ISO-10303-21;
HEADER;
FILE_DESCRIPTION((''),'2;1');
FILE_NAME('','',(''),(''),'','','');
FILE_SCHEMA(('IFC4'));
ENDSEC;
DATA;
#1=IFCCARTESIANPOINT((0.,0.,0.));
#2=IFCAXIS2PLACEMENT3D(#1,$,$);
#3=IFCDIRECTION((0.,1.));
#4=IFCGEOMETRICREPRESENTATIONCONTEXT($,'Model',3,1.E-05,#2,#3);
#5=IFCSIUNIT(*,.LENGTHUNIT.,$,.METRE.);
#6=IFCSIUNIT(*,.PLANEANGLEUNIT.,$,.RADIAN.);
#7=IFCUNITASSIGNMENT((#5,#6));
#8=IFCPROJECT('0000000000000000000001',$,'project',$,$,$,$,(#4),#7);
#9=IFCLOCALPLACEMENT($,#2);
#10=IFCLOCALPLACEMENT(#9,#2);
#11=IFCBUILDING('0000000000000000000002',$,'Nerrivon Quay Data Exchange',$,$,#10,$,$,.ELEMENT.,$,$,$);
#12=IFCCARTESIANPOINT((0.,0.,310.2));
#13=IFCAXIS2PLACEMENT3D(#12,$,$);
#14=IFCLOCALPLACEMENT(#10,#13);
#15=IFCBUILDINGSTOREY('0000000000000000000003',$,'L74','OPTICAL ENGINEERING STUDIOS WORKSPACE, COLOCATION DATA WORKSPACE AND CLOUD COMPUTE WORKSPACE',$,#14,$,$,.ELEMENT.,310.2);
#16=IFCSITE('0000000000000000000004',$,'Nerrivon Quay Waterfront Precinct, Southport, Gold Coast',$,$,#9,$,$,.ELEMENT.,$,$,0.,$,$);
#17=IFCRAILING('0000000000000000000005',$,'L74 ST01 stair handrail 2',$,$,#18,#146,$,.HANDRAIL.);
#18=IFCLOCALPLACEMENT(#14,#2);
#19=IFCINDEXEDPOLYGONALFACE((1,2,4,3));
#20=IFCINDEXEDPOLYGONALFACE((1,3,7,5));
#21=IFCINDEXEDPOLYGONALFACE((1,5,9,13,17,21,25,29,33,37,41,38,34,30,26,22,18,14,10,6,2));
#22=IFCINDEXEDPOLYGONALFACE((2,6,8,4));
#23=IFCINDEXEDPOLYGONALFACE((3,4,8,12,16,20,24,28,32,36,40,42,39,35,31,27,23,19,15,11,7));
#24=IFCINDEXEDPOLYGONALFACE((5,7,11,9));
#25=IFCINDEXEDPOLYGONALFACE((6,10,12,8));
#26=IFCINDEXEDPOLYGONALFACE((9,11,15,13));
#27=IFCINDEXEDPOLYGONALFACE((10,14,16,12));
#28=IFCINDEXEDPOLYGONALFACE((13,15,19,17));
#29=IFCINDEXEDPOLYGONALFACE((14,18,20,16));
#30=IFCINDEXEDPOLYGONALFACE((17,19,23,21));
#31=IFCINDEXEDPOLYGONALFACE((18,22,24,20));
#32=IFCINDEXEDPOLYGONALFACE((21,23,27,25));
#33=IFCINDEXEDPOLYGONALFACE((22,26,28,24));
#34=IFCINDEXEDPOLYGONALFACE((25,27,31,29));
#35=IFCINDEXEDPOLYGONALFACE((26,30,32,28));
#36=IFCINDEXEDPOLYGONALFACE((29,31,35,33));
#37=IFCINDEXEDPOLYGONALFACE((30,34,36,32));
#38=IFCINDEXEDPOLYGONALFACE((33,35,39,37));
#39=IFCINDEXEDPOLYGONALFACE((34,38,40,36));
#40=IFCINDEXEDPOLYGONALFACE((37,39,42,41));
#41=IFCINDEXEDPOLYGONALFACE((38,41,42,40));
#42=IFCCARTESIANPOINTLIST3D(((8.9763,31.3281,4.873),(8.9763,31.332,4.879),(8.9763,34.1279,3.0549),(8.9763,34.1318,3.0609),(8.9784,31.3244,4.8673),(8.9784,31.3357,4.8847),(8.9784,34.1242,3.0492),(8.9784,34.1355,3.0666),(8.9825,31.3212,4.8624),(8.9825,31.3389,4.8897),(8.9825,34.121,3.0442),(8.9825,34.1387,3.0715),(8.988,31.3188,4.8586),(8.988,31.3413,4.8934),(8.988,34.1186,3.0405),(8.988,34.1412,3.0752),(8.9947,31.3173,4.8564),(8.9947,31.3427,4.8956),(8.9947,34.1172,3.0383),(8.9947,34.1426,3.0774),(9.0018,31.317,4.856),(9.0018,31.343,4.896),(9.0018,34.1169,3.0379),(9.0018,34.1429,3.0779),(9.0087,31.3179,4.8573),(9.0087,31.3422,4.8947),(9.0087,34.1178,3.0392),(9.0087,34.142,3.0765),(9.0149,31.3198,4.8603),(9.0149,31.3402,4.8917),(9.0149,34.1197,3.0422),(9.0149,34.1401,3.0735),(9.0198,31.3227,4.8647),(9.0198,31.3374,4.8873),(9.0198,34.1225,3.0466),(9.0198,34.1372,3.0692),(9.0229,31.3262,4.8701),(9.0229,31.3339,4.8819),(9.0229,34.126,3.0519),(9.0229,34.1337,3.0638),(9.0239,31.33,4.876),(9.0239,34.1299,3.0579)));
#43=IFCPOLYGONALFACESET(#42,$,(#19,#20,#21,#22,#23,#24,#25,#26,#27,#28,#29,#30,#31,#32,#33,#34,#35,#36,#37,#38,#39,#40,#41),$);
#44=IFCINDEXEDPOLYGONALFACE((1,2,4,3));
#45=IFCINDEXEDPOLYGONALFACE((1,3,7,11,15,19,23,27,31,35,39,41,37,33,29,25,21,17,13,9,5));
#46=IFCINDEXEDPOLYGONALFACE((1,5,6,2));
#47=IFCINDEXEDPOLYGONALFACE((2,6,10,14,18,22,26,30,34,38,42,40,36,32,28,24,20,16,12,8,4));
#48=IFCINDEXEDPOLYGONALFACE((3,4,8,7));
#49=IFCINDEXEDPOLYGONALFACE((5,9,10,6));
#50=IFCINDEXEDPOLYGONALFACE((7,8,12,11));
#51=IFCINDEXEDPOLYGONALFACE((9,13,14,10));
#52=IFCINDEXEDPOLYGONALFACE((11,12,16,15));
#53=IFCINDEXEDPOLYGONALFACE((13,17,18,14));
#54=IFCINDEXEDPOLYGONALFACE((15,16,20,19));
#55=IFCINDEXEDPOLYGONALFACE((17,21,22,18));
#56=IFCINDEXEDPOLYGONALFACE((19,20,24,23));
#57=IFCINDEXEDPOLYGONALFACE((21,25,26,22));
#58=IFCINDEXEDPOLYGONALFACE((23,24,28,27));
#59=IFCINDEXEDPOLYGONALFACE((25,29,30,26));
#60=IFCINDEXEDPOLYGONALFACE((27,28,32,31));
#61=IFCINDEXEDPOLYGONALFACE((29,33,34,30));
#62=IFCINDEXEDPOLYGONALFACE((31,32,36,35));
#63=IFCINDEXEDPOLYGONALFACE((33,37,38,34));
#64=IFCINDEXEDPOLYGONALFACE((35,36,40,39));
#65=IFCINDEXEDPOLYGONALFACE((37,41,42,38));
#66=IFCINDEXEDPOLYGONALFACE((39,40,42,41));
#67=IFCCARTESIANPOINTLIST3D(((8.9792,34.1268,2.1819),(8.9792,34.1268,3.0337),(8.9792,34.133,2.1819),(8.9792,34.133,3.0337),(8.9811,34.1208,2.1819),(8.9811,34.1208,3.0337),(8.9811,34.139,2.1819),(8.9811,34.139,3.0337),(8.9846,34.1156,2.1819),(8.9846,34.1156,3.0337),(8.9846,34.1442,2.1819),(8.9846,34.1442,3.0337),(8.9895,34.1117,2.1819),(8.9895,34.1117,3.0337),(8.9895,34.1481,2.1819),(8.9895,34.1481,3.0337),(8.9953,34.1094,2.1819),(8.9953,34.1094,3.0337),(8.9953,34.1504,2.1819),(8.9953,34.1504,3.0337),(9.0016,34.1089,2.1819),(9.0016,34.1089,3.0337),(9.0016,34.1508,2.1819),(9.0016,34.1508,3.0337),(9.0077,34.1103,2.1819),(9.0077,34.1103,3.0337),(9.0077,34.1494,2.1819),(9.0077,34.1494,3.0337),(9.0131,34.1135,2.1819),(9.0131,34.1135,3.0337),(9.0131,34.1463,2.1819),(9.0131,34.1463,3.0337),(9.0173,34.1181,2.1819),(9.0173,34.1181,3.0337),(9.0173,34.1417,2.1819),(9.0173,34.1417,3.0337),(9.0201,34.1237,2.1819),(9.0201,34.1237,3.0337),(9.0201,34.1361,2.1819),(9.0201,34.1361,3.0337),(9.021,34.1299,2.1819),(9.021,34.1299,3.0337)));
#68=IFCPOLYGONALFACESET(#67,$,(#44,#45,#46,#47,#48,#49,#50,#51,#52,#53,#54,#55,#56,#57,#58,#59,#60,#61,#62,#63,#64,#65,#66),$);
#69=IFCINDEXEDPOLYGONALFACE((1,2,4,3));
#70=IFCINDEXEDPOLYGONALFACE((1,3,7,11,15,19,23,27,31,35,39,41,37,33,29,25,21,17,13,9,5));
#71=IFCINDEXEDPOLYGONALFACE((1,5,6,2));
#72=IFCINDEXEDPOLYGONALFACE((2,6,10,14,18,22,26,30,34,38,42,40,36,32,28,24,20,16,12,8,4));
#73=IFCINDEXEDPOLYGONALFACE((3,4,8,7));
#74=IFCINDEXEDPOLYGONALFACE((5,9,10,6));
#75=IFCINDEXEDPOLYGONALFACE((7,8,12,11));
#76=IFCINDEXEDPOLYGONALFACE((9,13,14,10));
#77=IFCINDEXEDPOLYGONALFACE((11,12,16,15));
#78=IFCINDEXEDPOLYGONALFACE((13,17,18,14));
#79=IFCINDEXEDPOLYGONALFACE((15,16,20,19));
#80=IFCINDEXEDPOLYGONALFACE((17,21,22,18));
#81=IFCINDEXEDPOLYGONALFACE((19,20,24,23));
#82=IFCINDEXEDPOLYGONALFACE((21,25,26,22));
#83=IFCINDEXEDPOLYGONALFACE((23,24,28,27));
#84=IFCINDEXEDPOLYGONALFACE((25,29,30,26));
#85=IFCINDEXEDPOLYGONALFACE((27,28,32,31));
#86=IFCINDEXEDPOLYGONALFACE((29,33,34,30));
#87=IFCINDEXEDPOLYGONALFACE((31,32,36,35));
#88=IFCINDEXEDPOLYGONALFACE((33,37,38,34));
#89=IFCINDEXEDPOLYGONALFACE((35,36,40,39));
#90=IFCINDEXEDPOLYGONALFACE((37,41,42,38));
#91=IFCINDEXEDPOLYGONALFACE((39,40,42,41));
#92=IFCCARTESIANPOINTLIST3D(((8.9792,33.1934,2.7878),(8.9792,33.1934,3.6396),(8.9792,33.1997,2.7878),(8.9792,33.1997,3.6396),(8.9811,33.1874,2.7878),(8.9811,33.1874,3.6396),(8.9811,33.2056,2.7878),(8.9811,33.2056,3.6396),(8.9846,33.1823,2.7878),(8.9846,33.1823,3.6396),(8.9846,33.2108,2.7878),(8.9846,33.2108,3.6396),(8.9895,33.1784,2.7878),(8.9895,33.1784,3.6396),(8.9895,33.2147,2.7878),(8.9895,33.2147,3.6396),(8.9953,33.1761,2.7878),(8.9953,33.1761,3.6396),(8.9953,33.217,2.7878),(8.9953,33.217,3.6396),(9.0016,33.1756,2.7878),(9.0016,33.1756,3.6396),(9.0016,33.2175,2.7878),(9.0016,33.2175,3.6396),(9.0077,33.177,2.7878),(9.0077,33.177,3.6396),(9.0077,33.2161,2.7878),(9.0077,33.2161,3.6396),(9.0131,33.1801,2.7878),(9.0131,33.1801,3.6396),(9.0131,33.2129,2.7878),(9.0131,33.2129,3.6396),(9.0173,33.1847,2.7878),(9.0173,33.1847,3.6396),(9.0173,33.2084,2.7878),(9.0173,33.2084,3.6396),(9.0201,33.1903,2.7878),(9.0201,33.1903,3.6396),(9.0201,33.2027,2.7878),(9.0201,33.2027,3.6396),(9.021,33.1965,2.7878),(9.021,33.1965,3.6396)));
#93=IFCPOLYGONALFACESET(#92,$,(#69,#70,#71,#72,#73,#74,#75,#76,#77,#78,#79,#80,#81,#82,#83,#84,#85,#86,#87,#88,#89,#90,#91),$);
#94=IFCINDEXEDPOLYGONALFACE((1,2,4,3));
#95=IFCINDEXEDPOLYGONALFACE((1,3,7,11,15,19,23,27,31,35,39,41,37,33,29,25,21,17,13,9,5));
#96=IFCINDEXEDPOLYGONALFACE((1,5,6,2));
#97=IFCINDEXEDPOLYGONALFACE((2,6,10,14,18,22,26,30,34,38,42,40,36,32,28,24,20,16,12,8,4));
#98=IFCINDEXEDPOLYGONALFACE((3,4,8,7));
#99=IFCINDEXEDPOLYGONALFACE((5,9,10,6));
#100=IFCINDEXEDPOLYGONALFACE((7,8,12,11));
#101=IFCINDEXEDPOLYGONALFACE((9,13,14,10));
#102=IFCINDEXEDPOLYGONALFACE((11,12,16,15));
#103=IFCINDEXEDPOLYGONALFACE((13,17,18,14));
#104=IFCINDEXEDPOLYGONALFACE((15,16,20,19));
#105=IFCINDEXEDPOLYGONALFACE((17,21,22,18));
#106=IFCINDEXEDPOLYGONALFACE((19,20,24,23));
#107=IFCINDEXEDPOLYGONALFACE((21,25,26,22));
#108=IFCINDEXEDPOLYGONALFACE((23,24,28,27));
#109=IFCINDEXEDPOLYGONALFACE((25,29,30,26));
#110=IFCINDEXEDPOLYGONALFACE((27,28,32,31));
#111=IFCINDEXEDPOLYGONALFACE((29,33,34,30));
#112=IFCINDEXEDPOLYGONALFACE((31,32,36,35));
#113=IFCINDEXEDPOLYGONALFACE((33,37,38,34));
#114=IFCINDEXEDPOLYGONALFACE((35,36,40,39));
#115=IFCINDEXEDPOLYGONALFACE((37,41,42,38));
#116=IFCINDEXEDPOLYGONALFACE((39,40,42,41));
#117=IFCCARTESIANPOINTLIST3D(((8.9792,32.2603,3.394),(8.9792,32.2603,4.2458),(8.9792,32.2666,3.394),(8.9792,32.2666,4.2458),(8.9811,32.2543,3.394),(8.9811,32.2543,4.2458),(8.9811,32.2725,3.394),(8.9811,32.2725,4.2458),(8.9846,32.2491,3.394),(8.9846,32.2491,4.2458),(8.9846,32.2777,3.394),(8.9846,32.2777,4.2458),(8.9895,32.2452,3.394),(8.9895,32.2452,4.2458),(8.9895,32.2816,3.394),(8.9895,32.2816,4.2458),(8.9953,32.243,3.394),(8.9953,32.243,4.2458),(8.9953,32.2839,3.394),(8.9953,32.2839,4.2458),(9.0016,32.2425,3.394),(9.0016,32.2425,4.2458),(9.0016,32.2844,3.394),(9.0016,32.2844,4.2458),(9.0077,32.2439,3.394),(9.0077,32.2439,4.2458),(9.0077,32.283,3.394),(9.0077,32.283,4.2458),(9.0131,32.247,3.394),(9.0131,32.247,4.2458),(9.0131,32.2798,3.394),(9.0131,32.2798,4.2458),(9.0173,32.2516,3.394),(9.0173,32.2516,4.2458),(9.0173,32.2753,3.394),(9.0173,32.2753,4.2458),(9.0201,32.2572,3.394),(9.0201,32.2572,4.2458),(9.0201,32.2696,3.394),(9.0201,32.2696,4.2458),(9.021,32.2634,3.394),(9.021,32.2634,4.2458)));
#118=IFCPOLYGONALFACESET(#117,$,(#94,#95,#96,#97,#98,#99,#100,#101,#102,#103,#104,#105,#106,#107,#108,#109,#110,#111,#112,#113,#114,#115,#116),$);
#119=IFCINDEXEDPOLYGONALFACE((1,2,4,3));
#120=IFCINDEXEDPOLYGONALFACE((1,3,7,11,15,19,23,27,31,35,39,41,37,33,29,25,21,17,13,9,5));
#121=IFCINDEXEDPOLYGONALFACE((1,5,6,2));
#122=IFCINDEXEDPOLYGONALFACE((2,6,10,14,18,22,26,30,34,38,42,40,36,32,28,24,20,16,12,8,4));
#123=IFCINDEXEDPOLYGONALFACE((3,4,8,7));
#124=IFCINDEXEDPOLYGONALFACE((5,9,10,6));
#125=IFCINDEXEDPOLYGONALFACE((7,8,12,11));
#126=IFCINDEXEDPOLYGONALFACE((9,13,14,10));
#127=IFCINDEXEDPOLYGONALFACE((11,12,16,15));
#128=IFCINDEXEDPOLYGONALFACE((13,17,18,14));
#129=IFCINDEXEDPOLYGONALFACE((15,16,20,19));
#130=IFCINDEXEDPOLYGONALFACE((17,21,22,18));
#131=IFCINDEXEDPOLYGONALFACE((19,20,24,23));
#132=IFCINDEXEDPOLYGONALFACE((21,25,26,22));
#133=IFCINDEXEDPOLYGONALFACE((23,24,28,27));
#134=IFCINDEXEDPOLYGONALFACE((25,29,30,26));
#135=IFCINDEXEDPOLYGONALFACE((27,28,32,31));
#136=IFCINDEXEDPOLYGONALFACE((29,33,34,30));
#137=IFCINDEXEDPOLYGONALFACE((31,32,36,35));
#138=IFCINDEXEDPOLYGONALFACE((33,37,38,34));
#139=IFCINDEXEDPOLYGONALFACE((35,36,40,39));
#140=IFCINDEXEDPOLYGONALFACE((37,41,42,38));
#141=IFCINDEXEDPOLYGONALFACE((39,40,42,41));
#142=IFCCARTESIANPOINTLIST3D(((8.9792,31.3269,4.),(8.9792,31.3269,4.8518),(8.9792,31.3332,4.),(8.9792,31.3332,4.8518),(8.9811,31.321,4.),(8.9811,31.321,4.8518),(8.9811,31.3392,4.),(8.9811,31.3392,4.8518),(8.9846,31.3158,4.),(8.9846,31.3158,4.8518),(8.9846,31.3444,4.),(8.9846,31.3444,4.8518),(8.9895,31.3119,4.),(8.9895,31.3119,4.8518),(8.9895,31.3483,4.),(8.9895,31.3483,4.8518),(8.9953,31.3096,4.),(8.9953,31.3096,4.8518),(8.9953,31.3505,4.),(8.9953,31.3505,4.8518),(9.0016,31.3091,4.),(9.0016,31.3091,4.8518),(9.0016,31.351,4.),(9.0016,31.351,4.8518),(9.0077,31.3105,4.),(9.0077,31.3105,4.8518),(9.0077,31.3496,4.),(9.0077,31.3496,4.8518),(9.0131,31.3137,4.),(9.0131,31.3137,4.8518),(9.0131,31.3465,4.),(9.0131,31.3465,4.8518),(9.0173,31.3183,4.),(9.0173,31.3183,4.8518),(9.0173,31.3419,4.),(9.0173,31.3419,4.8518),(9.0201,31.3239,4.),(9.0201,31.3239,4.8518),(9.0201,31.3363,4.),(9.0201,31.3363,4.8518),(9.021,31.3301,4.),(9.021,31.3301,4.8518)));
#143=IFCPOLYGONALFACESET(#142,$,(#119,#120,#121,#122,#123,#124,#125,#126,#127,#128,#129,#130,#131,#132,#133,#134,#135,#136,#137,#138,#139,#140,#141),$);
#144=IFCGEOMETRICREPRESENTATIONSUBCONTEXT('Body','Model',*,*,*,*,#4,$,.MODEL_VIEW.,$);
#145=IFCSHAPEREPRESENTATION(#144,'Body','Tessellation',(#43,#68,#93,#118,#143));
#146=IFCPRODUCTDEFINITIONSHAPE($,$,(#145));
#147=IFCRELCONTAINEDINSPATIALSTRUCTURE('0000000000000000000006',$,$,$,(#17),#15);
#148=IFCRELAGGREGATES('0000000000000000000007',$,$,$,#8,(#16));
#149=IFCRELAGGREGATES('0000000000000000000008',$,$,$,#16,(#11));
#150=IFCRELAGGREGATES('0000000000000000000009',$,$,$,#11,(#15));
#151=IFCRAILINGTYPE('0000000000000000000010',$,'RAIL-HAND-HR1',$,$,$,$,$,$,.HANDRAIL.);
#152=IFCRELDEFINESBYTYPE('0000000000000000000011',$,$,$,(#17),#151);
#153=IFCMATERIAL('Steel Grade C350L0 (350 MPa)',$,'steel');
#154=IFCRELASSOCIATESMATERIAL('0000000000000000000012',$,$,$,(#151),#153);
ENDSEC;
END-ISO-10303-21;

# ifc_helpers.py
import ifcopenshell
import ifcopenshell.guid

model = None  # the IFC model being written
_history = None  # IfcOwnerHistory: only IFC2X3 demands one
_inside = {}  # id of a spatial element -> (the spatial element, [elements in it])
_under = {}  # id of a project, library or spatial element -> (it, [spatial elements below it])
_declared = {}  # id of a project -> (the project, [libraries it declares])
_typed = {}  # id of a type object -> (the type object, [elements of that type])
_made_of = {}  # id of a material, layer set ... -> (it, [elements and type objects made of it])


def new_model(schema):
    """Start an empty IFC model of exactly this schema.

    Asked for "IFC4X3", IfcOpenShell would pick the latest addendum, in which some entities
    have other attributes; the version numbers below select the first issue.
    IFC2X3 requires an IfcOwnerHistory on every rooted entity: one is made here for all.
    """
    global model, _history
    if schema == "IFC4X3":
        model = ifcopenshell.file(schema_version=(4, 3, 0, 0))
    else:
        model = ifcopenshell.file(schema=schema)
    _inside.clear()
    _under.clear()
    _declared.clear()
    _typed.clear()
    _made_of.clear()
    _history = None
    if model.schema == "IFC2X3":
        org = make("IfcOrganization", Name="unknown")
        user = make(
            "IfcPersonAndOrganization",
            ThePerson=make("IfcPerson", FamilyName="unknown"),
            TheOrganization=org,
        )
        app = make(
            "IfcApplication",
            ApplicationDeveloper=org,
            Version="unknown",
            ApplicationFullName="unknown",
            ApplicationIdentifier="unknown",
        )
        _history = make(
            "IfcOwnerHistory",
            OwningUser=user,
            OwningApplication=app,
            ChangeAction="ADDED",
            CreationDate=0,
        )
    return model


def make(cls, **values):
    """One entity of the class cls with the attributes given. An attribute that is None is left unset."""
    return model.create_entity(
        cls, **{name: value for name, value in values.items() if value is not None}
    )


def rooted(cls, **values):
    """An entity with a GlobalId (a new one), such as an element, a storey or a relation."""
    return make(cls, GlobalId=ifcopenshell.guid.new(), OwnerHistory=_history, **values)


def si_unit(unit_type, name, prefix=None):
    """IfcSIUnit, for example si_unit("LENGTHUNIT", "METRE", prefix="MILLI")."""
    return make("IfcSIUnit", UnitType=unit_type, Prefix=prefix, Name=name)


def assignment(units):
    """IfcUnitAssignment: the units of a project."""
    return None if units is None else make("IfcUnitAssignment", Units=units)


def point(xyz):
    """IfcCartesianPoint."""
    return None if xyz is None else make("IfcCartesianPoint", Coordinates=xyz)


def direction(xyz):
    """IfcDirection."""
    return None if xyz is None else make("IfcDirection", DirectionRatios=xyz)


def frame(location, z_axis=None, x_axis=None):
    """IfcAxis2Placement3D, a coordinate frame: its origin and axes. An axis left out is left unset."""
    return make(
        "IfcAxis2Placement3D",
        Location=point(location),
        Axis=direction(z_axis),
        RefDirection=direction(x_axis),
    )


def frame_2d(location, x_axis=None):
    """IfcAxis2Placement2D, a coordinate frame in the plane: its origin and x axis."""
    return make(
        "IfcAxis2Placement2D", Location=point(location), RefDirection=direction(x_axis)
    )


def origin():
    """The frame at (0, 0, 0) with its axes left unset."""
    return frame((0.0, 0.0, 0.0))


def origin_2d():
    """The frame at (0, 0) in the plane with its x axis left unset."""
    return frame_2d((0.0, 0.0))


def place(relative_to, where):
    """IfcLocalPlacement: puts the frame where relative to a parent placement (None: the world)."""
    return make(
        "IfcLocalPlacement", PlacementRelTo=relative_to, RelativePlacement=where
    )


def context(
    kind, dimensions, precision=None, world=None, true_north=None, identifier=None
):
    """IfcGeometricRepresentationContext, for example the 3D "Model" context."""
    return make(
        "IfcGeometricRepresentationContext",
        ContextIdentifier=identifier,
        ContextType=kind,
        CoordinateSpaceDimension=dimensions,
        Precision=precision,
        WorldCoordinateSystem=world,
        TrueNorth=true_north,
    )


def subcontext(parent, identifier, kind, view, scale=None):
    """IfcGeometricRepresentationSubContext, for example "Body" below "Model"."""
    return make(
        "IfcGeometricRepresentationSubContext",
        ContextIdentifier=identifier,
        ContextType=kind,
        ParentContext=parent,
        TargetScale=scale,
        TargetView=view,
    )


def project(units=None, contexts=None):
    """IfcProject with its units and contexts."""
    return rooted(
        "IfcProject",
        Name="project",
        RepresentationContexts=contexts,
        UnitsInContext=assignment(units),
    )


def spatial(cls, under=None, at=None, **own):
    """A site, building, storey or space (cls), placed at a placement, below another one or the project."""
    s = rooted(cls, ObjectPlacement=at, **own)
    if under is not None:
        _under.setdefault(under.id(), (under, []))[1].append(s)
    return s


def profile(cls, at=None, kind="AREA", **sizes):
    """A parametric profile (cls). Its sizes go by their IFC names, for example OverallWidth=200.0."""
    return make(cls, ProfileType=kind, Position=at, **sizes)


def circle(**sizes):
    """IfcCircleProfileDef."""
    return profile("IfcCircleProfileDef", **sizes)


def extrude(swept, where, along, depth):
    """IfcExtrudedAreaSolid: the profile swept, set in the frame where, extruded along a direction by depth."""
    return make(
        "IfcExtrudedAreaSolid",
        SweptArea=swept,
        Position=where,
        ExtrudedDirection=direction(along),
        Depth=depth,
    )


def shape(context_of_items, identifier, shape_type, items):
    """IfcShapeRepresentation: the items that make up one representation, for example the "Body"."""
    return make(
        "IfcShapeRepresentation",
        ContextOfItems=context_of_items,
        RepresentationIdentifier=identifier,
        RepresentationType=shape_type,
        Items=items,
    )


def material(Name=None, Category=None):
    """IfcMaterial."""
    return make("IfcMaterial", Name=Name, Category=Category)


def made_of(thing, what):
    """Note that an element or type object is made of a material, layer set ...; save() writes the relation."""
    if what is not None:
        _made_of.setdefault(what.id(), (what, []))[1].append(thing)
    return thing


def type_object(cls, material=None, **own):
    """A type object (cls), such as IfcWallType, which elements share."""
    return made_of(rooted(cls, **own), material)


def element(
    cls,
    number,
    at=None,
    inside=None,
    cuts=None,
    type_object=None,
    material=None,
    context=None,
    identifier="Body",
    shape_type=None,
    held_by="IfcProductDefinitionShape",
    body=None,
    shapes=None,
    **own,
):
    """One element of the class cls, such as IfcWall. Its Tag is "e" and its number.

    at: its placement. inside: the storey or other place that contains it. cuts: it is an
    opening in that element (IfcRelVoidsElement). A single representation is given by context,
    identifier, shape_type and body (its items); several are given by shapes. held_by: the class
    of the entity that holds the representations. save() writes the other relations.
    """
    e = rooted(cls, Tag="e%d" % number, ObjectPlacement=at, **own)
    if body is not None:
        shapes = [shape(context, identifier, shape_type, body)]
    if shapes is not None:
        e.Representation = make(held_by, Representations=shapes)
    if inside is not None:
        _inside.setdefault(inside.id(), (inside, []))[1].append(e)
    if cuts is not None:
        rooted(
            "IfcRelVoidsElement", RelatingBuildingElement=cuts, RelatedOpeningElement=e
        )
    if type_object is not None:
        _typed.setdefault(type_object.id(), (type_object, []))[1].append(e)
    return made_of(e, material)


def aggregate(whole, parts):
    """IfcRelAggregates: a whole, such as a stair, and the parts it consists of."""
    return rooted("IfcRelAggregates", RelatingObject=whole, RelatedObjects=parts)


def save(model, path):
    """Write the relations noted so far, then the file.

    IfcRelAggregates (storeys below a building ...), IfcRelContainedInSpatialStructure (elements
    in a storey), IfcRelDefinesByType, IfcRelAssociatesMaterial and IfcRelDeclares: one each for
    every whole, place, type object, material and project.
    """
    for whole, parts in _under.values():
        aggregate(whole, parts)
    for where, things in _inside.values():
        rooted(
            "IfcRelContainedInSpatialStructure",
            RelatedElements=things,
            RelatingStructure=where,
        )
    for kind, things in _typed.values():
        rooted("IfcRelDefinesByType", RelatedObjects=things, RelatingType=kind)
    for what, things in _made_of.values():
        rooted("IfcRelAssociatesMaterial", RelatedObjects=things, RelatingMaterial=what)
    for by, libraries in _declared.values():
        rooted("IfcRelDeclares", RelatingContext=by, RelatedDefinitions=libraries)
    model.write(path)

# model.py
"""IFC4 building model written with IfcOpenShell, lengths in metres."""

from ifc_helpers import new_model, si_unit, direction, frame, origin, origin_2d, place, context, subcontext, project, spatial, circle, extrude, material, type_object, element, save


model = new_model("IFC4")

# Units and contexts
model_context = context("Model", 3, precision=1e-05, world=origin(), true_north=direction((0.0, 1.0)))
body_context = subcontext(model_context, "Body", "Model", "MODEL_VIEW")
ifc_project = project(units=[si_unit("LENGTHUNIT", "METRE"), si_unit("PLANEANGLEUNIT", "RADIAN")], contexts=[model_context])

# Site, building, storey
site_placement = place(None, origin())
site = spatial("IfcSite", under=ifc_project, at=site_placement, Name="Nerrivon Quay Waterfront Precinct, Southport, Gold Coast", CompositionType="ELEMENT", RefElevation=0.0)
building_placement = place(site_placement, origin())
building = spatial("IfcBuilding", under=site, at=building_placement, Name="Nerrivon Quay Data Exchange", CompositionType="ELEMENT")
storey_placement = place(building_placement, frame((0.0, 0.0, 310.2)))
storey = spatial("IfcBuildingStorey", under=building, at=storey_placement, Name="L74", Description="OPTICAL ENGINEERING STUDIOS WORKSPACE, COLOCATION DATA WORKSPACE AND CLOUD COMPUTE WORKSPACE", CompositionType="ELEMENT", Elevation=310.2)

# Shared definitions
ifc_material_1 = material(Name="Steel Grade C350L0 (350 MPa)", Category="steel")

# Railing
railing_type_1 = type_object("IfcRailingType", Name="RAIL-HAND-HR1", PredefinedType="HANDRAIL", material=ifc_material_1)
railing_1_placement = place(storey_placement, frame((9.0, 34.1299, 2.1819)))
element("IfcRailing", 1, at=railing_1_placement, inside=storey, type_object=railing_type_1, Name="L74 ST01 stair handrail 2", PredefinedType="HANDRAIL", context=body_context, shape_type="SweptSolid", body=[
    extrude(circle(Radius=0.0239, at=origin_2d()), frame((0.0, 0.0, 0.876), z_axis=(0.0, -0.838684, 0.544618), x_axis=(1.0, 0.0, 0.0)), (0.0, 0.0, 1.0), 3.3384),
    extrude(circle(Radius=0.021, at=origin_2d()), origin(), (0.0, 0.0, 1.0), 0.8518),
    extrude(circle(Radius=0.021, at=origin_2d()), frame((0.0, -0.9333, 0.606)), (0.0, 0.0, 1.0), 0.8518),
    extrude(circle(Radius=0.021, at=origin_2d()), frame((0.0, -1.8665, 1.2122)), (0.0, 0.0, 1.0), 0.8518),
    extrude(circle(Radius=0.021, at=origin_2d()), frame((0.0, -2.7998, 1.8181)), (0.0, 0.0, 1.0), 0.8518),
])

save(model, "model.ifc")
